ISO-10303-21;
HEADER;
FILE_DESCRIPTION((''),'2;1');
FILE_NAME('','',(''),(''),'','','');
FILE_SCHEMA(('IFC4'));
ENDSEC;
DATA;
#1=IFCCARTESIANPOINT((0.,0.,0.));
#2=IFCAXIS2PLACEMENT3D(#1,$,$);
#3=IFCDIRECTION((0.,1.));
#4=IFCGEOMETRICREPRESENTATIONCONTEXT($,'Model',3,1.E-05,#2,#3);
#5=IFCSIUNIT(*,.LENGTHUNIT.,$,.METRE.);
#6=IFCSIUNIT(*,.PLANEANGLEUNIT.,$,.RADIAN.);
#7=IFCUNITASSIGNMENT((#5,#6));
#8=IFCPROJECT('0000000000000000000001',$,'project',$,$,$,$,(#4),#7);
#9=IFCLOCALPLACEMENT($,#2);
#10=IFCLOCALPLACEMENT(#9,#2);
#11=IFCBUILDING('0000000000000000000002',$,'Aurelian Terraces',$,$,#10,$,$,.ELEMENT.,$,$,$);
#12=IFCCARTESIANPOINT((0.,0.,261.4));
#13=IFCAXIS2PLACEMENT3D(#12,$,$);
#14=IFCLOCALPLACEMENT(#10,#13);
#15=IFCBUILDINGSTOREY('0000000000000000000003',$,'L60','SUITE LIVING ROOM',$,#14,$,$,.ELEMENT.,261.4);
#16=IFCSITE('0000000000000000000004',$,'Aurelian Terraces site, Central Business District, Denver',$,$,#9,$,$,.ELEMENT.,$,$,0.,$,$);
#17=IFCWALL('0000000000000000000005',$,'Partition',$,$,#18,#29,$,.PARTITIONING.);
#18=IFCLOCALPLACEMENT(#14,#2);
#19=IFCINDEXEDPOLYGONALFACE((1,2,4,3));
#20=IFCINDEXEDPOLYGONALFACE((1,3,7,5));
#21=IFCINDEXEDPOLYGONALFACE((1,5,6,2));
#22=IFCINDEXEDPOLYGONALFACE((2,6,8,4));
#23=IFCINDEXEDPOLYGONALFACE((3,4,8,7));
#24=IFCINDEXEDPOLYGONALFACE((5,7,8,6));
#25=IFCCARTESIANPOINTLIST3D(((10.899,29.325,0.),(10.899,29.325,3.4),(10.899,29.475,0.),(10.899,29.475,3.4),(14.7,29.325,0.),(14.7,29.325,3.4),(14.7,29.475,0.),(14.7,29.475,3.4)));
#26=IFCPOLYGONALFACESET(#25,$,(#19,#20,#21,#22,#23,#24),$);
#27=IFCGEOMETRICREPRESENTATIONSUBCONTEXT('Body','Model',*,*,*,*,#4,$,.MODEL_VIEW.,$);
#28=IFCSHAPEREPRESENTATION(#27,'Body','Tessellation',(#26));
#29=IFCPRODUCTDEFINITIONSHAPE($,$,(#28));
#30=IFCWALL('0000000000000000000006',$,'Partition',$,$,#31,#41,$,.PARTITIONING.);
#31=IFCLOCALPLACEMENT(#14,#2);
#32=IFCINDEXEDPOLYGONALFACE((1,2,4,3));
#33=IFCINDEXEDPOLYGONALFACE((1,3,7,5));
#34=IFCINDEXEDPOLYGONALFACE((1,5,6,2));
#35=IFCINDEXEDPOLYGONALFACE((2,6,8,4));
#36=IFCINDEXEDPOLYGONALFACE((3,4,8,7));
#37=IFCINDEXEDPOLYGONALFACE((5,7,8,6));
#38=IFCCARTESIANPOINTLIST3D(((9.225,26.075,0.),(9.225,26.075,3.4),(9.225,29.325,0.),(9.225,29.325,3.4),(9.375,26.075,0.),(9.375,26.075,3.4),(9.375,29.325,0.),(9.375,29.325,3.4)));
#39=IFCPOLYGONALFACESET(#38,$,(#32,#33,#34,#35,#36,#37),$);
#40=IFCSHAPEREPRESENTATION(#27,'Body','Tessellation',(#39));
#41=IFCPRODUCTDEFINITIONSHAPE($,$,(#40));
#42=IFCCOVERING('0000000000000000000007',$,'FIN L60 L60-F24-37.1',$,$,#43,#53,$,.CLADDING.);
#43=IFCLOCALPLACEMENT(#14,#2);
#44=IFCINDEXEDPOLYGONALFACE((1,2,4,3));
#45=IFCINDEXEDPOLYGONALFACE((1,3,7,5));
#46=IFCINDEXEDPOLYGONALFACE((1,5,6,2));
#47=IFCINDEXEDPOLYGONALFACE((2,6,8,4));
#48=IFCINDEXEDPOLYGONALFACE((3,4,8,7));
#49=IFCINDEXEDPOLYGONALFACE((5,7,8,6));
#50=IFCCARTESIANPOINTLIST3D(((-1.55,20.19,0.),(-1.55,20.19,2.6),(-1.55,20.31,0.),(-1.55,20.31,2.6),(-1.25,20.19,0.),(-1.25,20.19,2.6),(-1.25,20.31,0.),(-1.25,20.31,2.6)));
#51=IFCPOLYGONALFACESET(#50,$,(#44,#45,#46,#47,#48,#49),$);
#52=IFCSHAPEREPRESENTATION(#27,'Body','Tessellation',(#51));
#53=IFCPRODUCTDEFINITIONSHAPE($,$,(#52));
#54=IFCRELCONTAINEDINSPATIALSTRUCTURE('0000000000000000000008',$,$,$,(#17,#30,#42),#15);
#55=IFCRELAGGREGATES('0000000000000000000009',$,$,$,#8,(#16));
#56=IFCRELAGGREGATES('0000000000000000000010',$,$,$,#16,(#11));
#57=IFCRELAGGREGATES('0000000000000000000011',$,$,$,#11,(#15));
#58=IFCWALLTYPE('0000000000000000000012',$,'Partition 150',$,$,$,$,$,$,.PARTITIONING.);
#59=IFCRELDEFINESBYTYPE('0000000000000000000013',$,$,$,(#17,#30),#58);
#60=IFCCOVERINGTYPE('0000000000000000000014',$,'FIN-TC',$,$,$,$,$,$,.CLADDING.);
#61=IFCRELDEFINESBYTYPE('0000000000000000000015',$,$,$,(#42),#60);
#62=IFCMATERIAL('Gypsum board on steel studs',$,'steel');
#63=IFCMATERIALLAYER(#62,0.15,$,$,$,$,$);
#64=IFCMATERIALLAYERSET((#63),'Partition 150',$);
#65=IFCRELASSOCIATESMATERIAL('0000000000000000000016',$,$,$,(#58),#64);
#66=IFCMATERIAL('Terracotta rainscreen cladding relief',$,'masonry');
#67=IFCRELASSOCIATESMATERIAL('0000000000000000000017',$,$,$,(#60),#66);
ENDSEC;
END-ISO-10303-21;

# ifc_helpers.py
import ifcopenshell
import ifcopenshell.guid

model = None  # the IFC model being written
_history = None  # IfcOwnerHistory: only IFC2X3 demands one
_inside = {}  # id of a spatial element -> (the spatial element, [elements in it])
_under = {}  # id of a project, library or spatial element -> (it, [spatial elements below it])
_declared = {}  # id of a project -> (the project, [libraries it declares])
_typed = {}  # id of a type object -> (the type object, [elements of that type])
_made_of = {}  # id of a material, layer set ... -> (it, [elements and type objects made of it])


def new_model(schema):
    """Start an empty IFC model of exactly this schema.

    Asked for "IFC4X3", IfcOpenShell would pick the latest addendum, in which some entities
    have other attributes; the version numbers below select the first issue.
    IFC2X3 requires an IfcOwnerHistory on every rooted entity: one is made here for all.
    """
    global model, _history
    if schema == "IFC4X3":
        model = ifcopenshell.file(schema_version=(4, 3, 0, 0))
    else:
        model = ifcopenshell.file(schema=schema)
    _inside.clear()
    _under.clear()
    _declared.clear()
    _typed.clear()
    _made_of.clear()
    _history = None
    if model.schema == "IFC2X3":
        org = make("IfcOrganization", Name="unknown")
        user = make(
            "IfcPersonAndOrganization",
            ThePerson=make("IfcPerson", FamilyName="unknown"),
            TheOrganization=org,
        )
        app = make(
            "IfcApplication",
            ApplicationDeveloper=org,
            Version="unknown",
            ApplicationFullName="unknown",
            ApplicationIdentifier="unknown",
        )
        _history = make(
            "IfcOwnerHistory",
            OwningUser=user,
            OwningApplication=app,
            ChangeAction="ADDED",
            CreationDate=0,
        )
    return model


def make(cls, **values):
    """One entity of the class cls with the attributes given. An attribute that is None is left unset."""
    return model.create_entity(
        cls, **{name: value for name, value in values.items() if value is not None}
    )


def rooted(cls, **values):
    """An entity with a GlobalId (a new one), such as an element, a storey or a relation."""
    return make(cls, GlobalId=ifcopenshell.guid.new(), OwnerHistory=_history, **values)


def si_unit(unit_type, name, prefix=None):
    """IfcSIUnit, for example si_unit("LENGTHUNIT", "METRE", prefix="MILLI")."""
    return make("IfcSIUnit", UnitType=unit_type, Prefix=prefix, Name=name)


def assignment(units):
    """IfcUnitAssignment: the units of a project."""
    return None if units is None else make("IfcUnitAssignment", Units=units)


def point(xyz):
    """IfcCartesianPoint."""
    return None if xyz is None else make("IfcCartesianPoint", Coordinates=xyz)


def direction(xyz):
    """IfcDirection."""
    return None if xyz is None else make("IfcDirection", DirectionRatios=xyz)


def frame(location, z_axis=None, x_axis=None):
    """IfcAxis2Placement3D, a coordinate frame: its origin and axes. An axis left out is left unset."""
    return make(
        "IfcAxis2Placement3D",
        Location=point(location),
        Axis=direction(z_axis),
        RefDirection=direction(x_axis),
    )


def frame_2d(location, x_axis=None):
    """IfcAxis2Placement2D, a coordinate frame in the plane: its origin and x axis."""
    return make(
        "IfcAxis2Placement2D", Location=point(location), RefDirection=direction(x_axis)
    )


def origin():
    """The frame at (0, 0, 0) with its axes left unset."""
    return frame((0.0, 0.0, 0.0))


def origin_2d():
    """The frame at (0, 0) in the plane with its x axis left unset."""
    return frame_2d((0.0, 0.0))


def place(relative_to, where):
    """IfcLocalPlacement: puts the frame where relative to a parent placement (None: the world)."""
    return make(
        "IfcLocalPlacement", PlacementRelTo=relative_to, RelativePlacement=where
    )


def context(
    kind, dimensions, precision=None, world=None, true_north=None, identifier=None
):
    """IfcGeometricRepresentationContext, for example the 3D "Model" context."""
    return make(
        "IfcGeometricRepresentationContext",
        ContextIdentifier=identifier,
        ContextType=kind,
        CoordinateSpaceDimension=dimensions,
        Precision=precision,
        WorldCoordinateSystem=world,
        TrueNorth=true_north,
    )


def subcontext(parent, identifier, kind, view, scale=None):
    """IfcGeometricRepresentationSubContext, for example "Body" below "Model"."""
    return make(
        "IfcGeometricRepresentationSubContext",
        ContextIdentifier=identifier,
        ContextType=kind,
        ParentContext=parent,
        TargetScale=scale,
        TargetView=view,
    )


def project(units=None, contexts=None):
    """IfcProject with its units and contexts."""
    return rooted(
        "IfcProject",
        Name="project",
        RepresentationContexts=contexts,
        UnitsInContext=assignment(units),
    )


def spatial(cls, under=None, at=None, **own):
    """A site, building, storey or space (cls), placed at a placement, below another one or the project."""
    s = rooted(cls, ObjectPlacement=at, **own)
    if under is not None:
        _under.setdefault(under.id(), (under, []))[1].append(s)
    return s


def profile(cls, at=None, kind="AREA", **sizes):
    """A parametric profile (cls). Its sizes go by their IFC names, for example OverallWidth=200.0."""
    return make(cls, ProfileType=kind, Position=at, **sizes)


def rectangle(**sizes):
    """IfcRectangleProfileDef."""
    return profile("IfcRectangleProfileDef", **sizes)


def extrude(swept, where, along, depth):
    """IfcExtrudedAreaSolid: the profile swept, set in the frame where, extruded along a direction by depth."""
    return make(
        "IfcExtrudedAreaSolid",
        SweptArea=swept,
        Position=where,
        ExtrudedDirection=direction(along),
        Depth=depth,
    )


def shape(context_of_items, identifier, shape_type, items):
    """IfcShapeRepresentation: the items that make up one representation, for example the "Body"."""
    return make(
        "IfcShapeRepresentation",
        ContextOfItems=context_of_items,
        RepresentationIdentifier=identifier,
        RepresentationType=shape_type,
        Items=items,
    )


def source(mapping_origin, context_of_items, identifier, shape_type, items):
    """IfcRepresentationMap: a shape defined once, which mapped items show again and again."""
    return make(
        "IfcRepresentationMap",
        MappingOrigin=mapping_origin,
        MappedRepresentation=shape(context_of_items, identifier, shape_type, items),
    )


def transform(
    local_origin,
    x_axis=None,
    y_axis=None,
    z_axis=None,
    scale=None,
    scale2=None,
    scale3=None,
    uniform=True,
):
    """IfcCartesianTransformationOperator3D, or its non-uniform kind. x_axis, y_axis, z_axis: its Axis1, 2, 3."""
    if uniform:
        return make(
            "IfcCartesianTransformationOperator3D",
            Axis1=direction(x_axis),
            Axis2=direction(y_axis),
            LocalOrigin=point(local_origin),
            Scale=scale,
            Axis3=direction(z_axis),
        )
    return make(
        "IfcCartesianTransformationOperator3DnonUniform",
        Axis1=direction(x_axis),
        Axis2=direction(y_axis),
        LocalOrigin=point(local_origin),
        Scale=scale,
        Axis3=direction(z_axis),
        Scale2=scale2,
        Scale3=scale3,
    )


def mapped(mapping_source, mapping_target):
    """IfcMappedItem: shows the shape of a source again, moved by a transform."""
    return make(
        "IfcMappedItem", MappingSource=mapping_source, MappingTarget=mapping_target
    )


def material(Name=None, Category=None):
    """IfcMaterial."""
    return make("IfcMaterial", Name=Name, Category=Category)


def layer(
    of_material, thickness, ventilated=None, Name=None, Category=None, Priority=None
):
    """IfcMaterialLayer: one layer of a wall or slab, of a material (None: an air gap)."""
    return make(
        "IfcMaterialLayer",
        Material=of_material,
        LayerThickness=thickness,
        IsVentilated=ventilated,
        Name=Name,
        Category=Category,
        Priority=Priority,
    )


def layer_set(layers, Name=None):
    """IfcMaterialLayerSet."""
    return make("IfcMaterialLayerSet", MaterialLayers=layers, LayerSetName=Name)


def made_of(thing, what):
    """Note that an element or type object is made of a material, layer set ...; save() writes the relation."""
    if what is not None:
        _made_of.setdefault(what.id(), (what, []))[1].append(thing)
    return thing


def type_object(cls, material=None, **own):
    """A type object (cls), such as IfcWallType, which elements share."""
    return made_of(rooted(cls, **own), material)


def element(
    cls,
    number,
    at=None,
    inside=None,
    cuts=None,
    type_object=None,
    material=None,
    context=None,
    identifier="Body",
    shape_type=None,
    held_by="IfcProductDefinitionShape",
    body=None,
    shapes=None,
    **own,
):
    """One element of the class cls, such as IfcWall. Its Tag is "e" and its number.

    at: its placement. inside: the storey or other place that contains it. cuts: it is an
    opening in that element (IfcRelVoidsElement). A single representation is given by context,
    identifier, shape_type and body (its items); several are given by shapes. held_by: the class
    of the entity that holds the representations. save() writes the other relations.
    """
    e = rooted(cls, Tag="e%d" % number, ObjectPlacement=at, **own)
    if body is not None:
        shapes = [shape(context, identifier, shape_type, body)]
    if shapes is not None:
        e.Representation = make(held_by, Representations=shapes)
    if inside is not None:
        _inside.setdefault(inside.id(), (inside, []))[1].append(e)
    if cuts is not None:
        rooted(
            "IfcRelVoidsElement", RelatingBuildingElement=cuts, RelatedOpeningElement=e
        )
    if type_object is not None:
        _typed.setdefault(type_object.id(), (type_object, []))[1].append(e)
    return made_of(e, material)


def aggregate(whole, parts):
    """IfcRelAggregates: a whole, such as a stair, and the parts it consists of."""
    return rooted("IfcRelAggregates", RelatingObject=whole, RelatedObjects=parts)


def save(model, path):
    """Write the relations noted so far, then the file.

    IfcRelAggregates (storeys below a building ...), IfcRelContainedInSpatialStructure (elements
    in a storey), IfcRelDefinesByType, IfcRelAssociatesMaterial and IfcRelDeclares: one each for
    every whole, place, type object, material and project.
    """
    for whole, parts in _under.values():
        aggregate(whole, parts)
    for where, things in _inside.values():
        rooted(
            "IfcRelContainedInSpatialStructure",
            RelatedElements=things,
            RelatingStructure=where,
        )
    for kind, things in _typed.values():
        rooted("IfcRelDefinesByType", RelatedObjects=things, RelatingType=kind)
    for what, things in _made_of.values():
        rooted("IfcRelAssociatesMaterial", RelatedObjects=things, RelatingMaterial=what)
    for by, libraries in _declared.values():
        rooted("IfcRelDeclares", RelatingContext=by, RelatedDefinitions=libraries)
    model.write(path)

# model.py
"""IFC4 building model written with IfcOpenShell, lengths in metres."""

from ifc_helpers import new_model, si_unit, direction, frame, frame_2d, origin, origin_2d, place, context, subcontext, project, spatial, rectangle, extrude, source, transform, mapped, material, layer, layer_set, type_object, element, save


model = new_model("IFC4")

# Units and contexts
model_context = context("Model", 3, precision=1e-05, world=origin(), true_north=direction((0.0, 1.0)))
body_context = subcontext(model_context, "Body", "Model", "MODEL_VIEW")
ifc_project = project(units=[si_unit("LENGTHUNIT", "METRE"), si_unit("PLANEANGLEUNIT", "RADIAN")], contexts=[model_context])

# Site, building, storey
site_placement = place(None, origin())
site = spatial("IfcSite", under=ifc_project, at=site_placement, Name="Aurelian Terraces site, Central Business District, Denver", CompositionType="ELEMENT", RefElevation=0.0)
building_placement = place(site_placement, origin())
building = spatial("IfcBuilding", under=site, at=building_placement, Name="Aurelian Terraces", CompositionType="ELEMENT")
storey_placement = place(building_placement, frame((0.0, 0.0, 261.4)))
storey = spatial("IfcBuildingStorey", under=building, at=storey_placement, Name="L60", Description="SUITE LIVING ROOM", CompositionType="ELEMENT", Elevation=261.4)

# Shared definitions
ifc_material_1 = material(Name="Gypsum board on steel studs", Category="steel")
ifc_layer_1 = layer(ifc_material_1, 0.15)
ifc_layer_set_1 = layer_set([ifc_layer_1], Name="Partition 150")
wall_type_1 = type_object("IfcWallType", Name="Partition 150", PredefinedType="PARTITIONING", material=ifc_layer_set_1)

# Walls
shared_shape_1 = source(origin(), body_context, "Body", "SweptSolid", [
    extrude(rectangle(XDim=3.801, YDim=0.15, at=frame_2d((1.9005, 0.0))), origin(), (0.0, 0.0, 1.0), 3.4),
])
wall_1_placement = place(storey_placement, frame((14.7, 29.4, 0.0), z_axis=(0.0, 0.0, 1.0), x_axis=(-1.0, 0.0, 0.0)))
element("IfcWall", 1, at=wall_1_placement, inside=storey, type_object=wall_type_1, Name="Partition", PredefinedType="PARTITIONING", context=body_context, shape_type="MappedRepresentation", body=[
    mapped(shared_shape_1, transform((0.0, 0.0, 0.0), scale=1.0)),
])
shared_shape_2 = source(origin(), body_context, "Body", "SweptSolid", [
    extrude(rectangle(XDim=3.25, YDim=0.15, at=frame_2d((1.625, 0.0))), origin(), (0.0, 0.0, 1.0), 3.4),
])
wall_2_placement = place(storey_placement, frame((9.3, 26.075, 0.0), z_axis=(0.0, 0.0, 1.0), x_axis=(0.0, 1.0, 0.0)))
element("IfcWall", 2, at=wall_2_placement, inside=storey, type_object=wall_type_1, Name="Partition", PredefinedType="PARTITIONING", context=body_context, shape_type="MappedRepresentation", body=[
    mapped(shared_shape_2, transform((0.0, 0.0, 0.0), scale=1.0)),
])

# Covering
ifc_material_2 = material(Name="Terracotta rainscreen cladding relief", Category="masonry")
covering_type = type_object("IfcCoveringType", Name="FIN-TC", PredefinedType="CLADDING", material=ifc_material_2)
shared_shape_3 = source(origin(), body_context, "Body", "SweptSolid", [
    extrude(rectangle(XDim=0.3, YDim=0.12, at=origin_2d()), origin(), (0.0, 0.0, 1.0), 2.6),
])
covering_placement = place(storey_placement, frame((-1.4, 20.25, 0.0), z_axis=(0.0, 0.0, 1.0), x_axis=(1.0, 0.0, 0.0)))
element("IfcCovering", 3, at=covering_placement, inside=storey, type_object=covering_type, Name="FIN L60 L60-F24-37.1", PredefinedType="CLADDING", context=body_context, shape_type="MappedRepresentation", body=[
    mapped(shared_shape_3, transform((0.0, 0.0, 0.0), scale=1.0)),
])

save(model, "model.ifc")
